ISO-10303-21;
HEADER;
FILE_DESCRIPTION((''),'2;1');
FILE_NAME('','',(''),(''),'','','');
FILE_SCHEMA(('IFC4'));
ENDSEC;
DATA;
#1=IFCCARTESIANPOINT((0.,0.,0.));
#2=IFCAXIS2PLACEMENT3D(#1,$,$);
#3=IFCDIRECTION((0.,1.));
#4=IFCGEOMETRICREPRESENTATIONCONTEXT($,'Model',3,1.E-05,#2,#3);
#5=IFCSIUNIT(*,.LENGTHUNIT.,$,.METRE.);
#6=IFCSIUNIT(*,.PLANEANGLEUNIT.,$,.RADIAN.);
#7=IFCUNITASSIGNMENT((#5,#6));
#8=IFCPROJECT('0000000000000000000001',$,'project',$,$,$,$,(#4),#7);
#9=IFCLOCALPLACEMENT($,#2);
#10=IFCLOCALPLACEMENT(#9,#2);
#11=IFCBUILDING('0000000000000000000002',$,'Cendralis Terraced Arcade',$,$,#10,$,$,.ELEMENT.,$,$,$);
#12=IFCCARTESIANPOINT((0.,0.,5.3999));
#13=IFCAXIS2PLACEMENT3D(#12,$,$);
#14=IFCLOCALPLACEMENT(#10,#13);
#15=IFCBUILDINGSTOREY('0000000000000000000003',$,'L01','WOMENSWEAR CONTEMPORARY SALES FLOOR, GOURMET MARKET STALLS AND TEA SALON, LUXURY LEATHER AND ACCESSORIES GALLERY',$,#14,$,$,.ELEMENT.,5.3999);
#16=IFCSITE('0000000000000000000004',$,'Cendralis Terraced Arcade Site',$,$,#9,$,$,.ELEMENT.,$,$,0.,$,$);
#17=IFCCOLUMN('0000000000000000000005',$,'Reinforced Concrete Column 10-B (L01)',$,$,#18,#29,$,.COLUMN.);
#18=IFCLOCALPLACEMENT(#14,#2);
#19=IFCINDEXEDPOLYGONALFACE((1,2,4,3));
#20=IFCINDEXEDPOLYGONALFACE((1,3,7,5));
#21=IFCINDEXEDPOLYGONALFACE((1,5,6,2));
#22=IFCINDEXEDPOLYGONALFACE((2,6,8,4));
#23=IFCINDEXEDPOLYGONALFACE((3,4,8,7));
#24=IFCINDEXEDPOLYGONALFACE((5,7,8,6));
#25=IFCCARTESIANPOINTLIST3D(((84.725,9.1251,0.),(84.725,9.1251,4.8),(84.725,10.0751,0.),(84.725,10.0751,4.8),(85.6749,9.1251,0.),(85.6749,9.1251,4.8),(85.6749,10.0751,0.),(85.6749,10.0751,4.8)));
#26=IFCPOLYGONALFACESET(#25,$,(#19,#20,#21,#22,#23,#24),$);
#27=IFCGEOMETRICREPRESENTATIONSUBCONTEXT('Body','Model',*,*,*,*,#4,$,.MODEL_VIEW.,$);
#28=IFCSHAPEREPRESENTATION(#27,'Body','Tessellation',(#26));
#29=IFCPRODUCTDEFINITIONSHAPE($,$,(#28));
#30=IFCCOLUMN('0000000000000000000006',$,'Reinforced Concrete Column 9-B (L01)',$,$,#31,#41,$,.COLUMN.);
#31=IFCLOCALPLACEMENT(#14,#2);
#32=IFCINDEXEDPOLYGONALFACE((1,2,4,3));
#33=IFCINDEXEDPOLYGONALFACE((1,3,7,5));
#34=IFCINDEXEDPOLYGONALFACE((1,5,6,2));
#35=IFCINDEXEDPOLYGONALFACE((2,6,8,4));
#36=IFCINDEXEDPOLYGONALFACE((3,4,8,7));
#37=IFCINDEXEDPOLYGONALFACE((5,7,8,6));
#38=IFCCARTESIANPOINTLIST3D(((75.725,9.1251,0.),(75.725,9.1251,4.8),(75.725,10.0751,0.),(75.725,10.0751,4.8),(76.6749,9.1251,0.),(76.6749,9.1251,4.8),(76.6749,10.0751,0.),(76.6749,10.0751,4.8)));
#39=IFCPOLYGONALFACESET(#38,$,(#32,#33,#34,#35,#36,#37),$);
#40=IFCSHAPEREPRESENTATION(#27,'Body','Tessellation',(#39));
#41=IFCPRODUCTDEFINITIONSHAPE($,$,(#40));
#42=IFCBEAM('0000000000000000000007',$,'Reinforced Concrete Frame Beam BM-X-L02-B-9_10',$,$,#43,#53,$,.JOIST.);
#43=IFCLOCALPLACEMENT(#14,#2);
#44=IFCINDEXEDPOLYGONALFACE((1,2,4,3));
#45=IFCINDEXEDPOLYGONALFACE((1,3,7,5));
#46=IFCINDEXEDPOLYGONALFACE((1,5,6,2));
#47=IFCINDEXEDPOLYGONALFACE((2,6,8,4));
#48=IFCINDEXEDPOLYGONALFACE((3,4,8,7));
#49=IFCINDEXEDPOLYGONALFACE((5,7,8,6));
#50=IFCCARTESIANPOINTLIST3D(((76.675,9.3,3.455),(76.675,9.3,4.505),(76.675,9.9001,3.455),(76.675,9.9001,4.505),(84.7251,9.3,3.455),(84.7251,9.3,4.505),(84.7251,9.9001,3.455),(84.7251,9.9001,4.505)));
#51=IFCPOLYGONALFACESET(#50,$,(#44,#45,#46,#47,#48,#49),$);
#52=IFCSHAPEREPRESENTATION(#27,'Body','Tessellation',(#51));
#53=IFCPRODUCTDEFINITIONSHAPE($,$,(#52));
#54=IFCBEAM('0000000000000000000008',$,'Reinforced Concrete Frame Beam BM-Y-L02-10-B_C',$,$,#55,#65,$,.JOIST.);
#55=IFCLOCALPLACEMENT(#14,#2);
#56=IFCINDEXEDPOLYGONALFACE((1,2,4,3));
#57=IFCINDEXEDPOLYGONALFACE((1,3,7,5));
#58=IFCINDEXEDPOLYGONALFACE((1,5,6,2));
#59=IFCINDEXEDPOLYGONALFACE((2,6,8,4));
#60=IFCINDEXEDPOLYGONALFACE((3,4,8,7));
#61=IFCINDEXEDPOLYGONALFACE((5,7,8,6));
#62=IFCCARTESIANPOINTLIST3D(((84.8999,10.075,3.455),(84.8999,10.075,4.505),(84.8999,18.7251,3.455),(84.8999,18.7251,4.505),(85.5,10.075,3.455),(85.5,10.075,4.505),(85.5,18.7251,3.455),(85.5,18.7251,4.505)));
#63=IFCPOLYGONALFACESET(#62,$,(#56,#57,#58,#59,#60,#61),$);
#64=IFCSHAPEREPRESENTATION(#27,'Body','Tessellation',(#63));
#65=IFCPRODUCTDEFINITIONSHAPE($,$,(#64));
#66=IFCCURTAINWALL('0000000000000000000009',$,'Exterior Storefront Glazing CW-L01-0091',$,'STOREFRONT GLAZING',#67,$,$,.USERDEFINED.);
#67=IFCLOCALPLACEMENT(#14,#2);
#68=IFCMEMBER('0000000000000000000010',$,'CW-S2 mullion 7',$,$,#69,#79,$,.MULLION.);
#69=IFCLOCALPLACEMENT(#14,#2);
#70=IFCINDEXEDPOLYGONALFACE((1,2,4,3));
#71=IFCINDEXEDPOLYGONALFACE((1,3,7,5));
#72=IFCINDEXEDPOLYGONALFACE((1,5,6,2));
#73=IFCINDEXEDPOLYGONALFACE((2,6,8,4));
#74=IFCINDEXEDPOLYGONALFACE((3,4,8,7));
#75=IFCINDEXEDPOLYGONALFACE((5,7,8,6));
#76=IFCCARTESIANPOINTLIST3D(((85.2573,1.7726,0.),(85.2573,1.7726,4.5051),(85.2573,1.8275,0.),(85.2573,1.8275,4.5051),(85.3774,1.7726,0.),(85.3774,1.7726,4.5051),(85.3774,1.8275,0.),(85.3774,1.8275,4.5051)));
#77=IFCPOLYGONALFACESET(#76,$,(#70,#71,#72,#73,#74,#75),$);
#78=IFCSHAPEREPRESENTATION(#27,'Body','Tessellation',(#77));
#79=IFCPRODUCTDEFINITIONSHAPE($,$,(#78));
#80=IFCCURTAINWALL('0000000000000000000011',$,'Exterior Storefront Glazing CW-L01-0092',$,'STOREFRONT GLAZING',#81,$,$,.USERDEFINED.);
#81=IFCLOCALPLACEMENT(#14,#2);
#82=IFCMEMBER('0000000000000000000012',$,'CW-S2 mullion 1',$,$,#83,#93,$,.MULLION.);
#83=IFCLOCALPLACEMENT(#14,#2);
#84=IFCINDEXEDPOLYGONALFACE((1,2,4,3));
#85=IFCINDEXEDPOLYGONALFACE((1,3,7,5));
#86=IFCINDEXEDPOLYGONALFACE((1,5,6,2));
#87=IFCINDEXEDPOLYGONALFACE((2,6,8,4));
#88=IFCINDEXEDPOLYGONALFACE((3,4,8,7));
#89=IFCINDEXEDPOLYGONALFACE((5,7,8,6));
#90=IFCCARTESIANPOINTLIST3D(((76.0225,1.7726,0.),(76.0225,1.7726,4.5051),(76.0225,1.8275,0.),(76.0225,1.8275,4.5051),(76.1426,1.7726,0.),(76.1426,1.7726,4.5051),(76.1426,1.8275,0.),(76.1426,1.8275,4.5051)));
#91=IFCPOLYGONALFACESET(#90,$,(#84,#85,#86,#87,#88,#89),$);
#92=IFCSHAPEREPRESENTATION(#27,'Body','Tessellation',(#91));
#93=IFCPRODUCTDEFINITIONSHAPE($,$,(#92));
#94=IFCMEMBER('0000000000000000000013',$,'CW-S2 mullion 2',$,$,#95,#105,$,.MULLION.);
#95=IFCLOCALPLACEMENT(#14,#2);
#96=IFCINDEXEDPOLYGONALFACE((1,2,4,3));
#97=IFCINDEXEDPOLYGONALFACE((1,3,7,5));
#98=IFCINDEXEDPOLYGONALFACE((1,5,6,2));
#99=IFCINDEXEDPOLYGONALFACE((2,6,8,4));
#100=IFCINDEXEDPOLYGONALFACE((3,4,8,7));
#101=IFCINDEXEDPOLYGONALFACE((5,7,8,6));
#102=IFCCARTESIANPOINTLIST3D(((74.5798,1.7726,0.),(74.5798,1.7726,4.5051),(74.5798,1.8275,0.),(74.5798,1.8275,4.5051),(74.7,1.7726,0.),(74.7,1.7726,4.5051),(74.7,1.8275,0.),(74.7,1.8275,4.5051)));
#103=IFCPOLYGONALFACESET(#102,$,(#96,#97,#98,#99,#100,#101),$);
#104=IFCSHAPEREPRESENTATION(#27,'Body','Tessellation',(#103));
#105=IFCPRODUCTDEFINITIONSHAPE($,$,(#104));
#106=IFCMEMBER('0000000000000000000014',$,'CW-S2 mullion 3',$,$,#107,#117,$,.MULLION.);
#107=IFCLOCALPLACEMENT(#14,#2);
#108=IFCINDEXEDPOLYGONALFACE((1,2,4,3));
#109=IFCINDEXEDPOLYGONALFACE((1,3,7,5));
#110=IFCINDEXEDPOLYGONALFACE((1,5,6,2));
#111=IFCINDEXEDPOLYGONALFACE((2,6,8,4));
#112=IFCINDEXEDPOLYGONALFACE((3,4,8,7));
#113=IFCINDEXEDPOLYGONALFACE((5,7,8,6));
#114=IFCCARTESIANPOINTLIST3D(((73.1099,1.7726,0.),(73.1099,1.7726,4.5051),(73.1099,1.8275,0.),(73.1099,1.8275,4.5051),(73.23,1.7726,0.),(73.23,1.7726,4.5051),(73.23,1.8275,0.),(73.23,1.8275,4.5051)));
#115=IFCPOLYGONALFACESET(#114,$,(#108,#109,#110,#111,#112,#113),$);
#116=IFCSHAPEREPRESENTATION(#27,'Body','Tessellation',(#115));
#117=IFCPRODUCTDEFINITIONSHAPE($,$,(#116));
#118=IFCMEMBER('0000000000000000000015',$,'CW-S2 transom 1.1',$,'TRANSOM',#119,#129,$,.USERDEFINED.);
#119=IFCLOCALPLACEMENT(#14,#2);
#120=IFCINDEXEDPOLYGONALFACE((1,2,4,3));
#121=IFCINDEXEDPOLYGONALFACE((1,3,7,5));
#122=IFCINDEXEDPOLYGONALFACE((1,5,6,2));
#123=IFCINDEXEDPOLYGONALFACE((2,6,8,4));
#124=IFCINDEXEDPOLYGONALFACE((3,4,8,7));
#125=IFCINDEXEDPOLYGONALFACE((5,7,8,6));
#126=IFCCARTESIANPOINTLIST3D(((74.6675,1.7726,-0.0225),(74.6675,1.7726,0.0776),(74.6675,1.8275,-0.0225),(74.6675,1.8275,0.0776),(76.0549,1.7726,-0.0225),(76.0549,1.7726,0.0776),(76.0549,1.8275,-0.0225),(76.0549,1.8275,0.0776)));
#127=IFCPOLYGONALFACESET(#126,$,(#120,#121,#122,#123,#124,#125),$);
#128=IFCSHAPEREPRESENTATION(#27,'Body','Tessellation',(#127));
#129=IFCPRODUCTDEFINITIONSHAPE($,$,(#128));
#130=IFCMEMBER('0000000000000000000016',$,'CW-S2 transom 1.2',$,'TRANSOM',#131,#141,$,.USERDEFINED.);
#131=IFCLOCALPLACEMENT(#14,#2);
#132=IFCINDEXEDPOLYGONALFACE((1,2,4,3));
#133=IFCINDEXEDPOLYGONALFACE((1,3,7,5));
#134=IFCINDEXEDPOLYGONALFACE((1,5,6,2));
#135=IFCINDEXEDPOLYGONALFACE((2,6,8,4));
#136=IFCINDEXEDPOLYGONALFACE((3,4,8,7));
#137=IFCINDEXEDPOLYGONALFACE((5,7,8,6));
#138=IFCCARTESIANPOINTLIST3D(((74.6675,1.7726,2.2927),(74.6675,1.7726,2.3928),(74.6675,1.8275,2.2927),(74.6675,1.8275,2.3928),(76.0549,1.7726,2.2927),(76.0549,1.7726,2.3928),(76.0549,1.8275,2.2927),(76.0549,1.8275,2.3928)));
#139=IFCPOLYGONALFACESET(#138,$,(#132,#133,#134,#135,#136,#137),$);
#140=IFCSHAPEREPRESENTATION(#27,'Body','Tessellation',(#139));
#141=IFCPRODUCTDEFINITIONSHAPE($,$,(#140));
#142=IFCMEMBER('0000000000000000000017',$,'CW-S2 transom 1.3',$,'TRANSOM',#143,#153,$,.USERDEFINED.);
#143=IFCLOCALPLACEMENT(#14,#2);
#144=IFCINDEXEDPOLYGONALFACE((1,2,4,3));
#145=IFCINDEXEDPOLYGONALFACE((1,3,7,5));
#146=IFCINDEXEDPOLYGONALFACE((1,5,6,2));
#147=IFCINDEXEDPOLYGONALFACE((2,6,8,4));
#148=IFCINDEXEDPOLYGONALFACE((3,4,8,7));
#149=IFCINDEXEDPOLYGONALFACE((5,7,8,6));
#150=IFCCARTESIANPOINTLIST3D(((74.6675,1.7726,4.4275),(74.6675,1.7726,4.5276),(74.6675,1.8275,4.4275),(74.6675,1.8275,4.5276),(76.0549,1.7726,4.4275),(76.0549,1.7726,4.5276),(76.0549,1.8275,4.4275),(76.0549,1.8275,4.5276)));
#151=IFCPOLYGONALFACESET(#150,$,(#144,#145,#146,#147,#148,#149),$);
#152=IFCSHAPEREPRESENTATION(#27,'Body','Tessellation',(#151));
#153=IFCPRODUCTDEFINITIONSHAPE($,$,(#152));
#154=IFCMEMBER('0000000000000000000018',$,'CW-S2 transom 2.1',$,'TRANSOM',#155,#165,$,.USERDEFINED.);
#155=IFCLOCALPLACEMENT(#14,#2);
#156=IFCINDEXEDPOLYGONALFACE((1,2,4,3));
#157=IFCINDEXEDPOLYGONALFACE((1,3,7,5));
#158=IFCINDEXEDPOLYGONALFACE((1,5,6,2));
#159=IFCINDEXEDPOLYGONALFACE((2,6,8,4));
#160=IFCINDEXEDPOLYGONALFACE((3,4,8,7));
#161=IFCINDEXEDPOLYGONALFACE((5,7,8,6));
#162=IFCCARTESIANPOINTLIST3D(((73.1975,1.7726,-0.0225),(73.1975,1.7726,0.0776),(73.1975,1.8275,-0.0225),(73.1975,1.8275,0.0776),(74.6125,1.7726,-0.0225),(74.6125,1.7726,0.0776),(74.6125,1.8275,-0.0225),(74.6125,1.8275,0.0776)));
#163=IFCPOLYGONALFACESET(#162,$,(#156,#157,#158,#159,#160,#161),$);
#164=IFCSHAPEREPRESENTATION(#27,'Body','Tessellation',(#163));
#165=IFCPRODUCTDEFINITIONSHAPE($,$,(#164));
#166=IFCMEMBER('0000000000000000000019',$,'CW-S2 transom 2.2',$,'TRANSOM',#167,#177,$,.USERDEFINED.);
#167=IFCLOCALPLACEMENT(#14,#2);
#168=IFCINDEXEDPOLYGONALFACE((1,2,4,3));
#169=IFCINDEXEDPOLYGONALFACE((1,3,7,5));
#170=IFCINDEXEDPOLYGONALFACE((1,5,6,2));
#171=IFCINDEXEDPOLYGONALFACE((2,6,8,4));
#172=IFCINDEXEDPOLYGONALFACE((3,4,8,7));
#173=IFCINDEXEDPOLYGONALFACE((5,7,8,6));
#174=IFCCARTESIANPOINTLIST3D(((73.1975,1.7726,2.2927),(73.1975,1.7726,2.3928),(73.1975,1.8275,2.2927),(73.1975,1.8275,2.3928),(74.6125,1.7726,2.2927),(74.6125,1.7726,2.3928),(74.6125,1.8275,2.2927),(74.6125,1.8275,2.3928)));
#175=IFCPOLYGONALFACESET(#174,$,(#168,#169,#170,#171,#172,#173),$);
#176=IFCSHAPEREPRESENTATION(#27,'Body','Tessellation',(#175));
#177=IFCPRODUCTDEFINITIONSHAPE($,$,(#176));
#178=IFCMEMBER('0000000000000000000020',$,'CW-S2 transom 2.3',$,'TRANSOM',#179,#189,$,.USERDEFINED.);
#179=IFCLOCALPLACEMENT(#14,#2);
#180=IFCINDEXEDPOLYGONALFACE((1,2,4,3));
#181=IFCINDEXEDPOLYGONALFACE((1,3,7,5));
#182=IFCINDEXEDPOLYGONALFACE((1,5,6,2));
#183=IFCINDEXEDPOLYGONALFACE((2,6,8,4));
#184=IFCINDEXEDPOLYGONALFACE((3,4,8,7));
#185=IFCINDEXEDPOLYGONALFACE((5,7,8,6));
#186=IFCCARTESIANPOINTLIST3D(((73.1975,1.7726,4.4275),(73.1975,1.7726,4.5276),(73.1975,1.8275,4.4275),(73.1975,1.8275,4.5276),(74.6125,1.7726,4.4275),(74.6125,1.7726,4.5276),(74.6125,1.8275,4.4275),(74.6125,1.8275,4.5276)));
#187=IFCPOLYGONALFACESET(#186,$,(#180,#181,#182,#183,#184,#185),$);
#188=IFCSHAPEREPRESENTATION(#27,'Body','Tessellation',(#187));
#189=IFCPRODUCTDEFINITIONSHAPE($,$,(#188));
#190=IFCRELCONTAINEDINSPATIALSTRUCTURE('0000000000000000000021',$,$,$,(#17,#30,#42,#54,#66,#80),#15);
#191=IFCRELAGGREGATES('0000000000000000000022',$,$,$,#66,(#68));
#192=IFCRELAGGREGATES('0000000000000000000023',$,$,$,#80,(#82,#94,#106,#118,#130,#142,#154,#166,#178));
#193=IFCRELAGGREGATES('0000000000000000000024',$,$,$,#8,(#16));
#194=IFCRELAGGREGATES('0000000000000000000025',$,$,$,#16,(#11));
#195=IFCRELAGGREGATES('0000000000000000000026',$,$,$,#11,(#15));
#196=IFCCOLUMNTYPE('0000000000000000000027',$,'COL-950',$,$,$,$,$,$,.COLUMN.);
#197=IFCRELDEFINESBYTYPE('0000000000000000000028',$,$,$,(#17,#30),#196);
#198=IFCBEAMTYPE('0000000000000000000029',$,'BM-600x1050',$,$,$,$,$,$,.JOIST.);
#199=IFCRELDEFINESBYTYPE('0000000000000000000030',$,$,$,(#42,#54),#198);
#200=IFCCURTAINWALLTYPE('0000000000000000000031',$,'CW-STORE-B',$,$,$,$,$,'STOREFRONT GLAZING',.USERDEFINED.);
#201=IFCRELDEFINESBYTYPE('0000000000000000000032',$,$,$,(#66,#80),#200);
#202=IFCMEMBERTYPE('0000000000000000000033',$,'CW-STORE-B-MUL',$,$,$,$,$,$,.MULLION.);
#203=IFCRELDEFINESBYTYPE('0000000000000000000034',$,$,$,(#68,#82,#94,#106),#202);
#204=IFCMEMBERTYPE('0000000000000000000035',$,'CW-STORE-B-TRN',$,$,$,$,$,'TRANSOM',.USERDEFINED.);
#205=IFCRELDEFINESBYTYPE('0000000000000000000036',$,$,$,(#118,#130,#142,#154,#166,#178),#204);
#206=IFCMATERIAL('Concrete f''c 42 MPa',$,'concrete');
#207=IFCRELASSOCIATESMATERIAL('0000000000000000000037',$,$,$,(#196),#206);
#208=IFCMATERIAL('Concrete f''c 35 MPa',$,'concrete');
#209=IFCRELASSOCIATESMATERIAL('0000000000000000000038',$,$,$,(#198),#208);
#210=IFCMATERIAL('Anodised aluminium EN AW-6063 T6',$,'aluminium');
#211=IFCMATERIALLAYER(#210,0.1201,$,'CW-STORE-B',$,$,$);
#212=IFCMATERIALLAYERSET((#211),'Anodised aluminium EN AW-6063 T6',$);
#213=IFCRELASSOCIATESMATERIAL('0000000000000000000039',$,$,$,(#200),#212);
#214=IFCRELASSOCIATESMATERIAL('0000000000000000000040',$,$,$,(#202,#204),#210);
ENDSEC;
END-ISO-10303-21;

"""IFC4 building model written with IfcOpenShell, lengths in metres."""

from ifc_helpers import new_model, si_unit, direction, frame, origin, origin_2d, place, context, subcontext, project, spatial, rectangle, extrude, material, layer, layer_set, material_profile, profile_set, type_object, element, aggregate, save


model = new_model("IFC4")

# Units and contexts
model_context = context("Model", 3, precision=1e-05, world=origin(), true_north=direction((0.0, 1.0)))
body_context = subcontext(model_context, "Body", "Model", "MODEL_VIEW")
ifc_project = project(units=[si_unit("LENGTHUNIT", "METRE"), si_unit("PLANEANGLEUNIT", "RADIAN")], contexts=[model_context])

# Site, building, storey
site_placement = place(None, origin())
site = spatial("IfcSite", under=ifc_project, at=site_placement, Name="Cendralis Terraced Arcade Site", CompositionType="ELEMENT", RefElevation=0.0)
building_placement = place(site_placement, origin())
building = spatial("IfcBuilding", under=site, at=building_placement, Name="Cendralis Terraced Arcade", CompositionType="ELEMENT")
storey_placement = place(building_placement, frame((0.0, 0.0, 5.3999)))
storey = spatial("IfcBuildingStorey", under=building, at=storey_placement, Name="L01", Description="WOMENSWEAR CONTEMPORARY SALES FLOOR, GOURMET MARKET STALLS AND TEA SALON, LUXURY LEATHER AND ACCESSORIES GALLERY", CompositionType="ELEMENT", Elevation=5.3999)

# Columns
ifc_material_1 = material(Name="Concrete f'c 42 MPa", Category="concrete")
ifc_material_profile_1 = material_profile(ifc_material_1, rectangle(XDim=0.95, YDim=0.95, at=origin_2d()), Name="RC-COL-950x950", Category="LoadBearing")
ifc_profile_set_1 = profile_set([ifc_material_profile_1], Name="Concrete f'c 42 MPa")
column_type = type_object("IfcColumnType", Name="COL-950", PredefinedType="COLUMN", material=ifc_profile_set_1)
for number, where, z_axis, x_axis, name in (
    (1, (85.2, 9.6001, 0.0), (0.0, 0.0, 1.0), (1.0, 0.0, 0.0), "Reinforced Concrete Column 10-B (L01)"),
    (2, (76.2, 9.6001, 0.0), (0.0, 0.0, 1.0), (1.0, 0.0, 0.0), "Reinforced Concrete Column 9-B (L01)"),
):
    element("IfcColumn", number, at=place(storey_placement, frame(where, z_axis=z_axis, x_axis=x_axis)), inside=storey, type_object=column_type, Name=name, PredefinedType="COLUMN", context=body_context, shape_type="SweptSolid", body=[
        extrude(rectangle(XDim=0.95, YDim=0.95, at=origin_2d()), origin(), (0.0, 0.0, 1.0), 4.8),
    ])

# Beams
ifc_material_2 = material(Name="Concrete f'c 35 MPa", Category="concrete")
ifc_material_profile_2 = material_profile(ifc_material_2, rectangle(XDim=0.6001, YDim=1.05, at=origin_2d()), Name="RC-BM-600x1050", Category="LoadBearing")
ifc_profile_set_2 = profile_set([ifc_material_profile_2], Name="Concrete f'c 35 MPa")
beam_type = type_object("IfcBeamType", Name="BM-600x1050", PredefinedType="JOIST", material=ifc_profile_set_2)
beam_1_placement = place(storey_placement, frame((76.675, 9.6001, 3.98), z_axis=(1.0, 0.0, 0.0), x_axis=(0.0, 1.0, 0.0)))
element("IfcBeam", 3, at=beam_1_placement, inside=storey, type_object=beam_type, Name="Reinforced Concrete Frame Beam BM-X-L02-B-9_10", PredefinedType="JOIST", context=body_context, shape_type="SweptSolid", body=[
    extrude(rectangle(XDim=0.6001, YDim=1.05, at=origin_2d()), origin(), (0.0, 0.0, 1.0), 8.05),
])
beam_2_placement = place(storey_placement, frame((85.2, 10.075, 3.98), z_axis=(0.0, 1.0, 0.0), x_axis=(-1.0, 0.0, 0.0)))
element("IfcBeam", 4, at=beam_2_placement, inside=storey, type_object=beam_type, Name="Reinforced Concrete Frame Beam BM-Y-L02-10-B_C", PredefinedType="JOIST", context=body_context, shape_type="SweptSolid", body=[
    extrude(rectangle(XDim=0.6001, YDim=1.05, at=origin_2d()), origin(), (0.0, 0.0, 1.0), 8.6501),
])

# Curtain wall, member
ifc_material_3 = material(Name="Anodised aluminium EN AW-6063 T6", Category="aluminium")
ifc_layer_1 = layer(ifc_material_3, 0.1201, Name="CW-STORE-B")
ifc_layer_set_1 = layer_set([ifc_layer_1], Name="Anodised aluminium EN AW-6063 T6")
curtain_wall_type = type_object("IfcCurtainWallType", Name="CW-STORE-B", ElementType="STOREFRONT GLAZING", PredefinedType="USERDEFINED", material=ifc_layer_set_1)
curtain_wall_1_placement = place(storey_placement, origin())
curtain_wall_1 = element("IfcCurtainWall", 5, at=curtain_wall_1_placement, inside=storey, type_object=curtain_wall_type, Name="Exterior Storefront Glazing CW-L01-0091", ObjectType="STOREFRONT GLAZING", PredefinedType="USERDEFINED")
ifc_material_profile_3 = material_profile(ifc_material_3, rectangle(XDim=0.0549, YDim=0.1201, at=origin_2d()), Name="ALU-MUL-55x120")
ifc_profile_set_3 = profile_set([ifc_material_profile_3], Name="Anodised aluminium EN AW-6063 T6")
member_type_1 = type_object("IfcMemberType", Name="CW-STORE-B-MUL", PredefinedType="MULLION", material=ifc_profile_set_3)
member_1_placement = place(storey_placement, frame((85.3174, 1.8, 0.0), z_axis=(0.0, 0.0, 1.0), x_axis=(0.0, -1.0, 0.0)))
member_1 = element("IfcMember", 6, at=member_1_placement, type_object=member_type_1, Name="CW-S2 mullion 7", PredefinedType="MULLION", context=body_context, shape_type="SweptSolid", body=[
    extrude(rectangle(XDim=0.0549, YDim=0.1201, at=origin_2d()), origin(), (0.0, 0.0, 1.0), 4.5051),
])
aggregate(curtain_wall_1, [member_1])

# Curtain wall, members
curtain_wall_2_placement = place(storey_placement, origin())
curtain_wall_2 = element("IfcCurtainWall", 7, at=curtain_wall_2_placement, inside=storey, type_object=curtain_wall_type, Name="Exterior Storefront Glazing CW-L01-0092", ObjectType="STOREFRONT GLAZING", PredefinedType="USERDEFINED")
member_2_placement = place(storey_placement, frame((76.0825, 1.8, 0.0), z_axis=(0.0, 0.0, 1.0), x_axis=(0.0, -1.0, 0.0)))
member_2 = element("IfcMember", 8, at=member_2_placement, type_object=member_type_1, Name="CW-S2 mullion 1", PredefinedType="MULLION", context=body_context, shape_type="SweptSolid", body=[
    extrude(rectangle(XDim=0.0549, YDim=0.1201, at=origin_2d()), origin(), (0.0, 0.0, 1.0), 4.5051),
])
member_3_placement = place(storey_placement, frame((74.6399, 1.8, 0.0), z_axis=(0.0, 0.0, 1.0), x_axis=(0.0, -1.0, 0.0)))
member_3 = element("IfcMember", 9, at=member_3_placement, type_object=member_type_1, Name="CW-S2 mullion 2", PredefinedType="MULLION", context=body_context, shape_type="SweptSolid", body=[
    extrude(rectangle(XDim=0.0549, YDim=0.1201, at=origin_2d()), origin(), (0.0, 0.0, 1.0), 4.5051),
])
member_4_placement = place(storey_placement, frame((73.1699, 1.8, 0.0), z_axis=(0.0, 0.0, 1.0), x_axis=(0.0, -1.0, 0.0)))
member_4 = element("IfcMember", 10, at=member_4_placement, type_object=member_type_1, Name="CW-S2 mullion 3", PredefinedType="MULLION", context=body_context, shape_type="SweptSolid", body=[
    extrude(rectangle(XDim=0.0549, YDim=0.1201, at=origin_2d()), origin(), (0.0, 0.0, 1.0), 4.5051),
])
ifc_material_profile_4 = material_profile(ifc_material_3, rectangle(XDim=0.0549, YDim=0.1001, at=origin_2d()), Name="ALU-TRN-55x100")
ifc_profile_set_4 = profile_set([ifc_material_profile_4], Name="Anodised aluminium EN AW-6063 T6")
member_type_2 = type_object("IfcMemberType", Name="CW-STORE-B-TRN", ElementType="TRANSOM", PredefinedType="USERDEFINED", material=ifc_profile_set_4)
member_5_placement = place(storey_placement, frame((76.0549, 1.8, 0.0276), z_axis=(-1.0, 0.0, 0.0), x_axis=(0.0, -1.0, 0.0)))
member_5 = element("IfcMember", 11, at=member_5_placement, type_object=member_type_2, Name="CW-S2 transom 1.1", ObjectType="TRANSOM", PredefinedType="USERDEFINED", context=body_context, shape_type="SweptSolid", body=[
    extrude(rectangle(XDim=0.0549, YDim=0.1001, at=origin_2d()), origin(), (0.0, 0.0, 1.0), 1.3875),
])
member_6_placement = place(storey_placement, frame((76.0549, 1.8, 2.3428), z_axis=(-1.0, 0.0, 0.0), x_axis=(0.0, -1.0, 0.0)))
member_6 = element("IfcMember", 12, at=member_6_placement, type_object=member_type_2, Name="CW-S2 transom 1.2", ObjectType="TRANSOM", PredefinedType="USERDEFINED", context=body_context, shape_type="SweptSolid", body=[
    extrude(rectangle(XDim=0.0549, YDim=0.1001, at=origin_2d()), origin(), (0.0, 0.0, 1.0), 1.3875),
])
member_7_placement = place(storey_placement, frame((76.0549, 1.8, 4.4775), z_axis=(-1.0, 0.0, 0.0), x_axis=(0.0, -1.0, 0.0)))
member_7 = element("IfcMember", 13, at=member_7_placement, type_object=member_type_2, Name="CW-S2 transom 1.3", ObjectType="TRANSOM", PredefinedType="USERDEFINED", context=body_context, shape_type="SweptSolid", body=[
    extrude(rectangle(XDim=0.0549, YDim=0.1001, at=origin_2d()), origin(), (0.0, 0.0, 1.0), 1.3875),
])
member_8_placement = place(storey_placement, frame((74.6125, 1.8, 0.0276), z_axis=(-1.0, 0.0, 0.0), x_axis=(0.0, -1.0, 0.0)))
member_8 = element("IfcMember", 14, at=member_8_placement, type_object=member_type_2, Name="CW-S2 transom 2.1", ObjectType="TRANSOM", PredefinedType="USERDEFINED", context=body_context, shape_type="SweptSolid", body=[
    extrude(rectangle(XDim=0.0549, YDim=0.1001, at=origin_2d()), origin(), (0.0, 0.0, 1.0), 1.415),
])
member_9_placement = place(storey_placement, frame((74.6125, 1.8, 2.3428), z_axis=(-1.0, 0.0, 0.0), x_axis=(0.0, -1.0, 0.0)))
member_9 = element("IfcMember", 15, at=member_9_placement, type_object=member_type_2, Name="CW-S2 transom 2.2", ObjectType="TRANSOM", PredefinedType="USERDEFINED", context=body_context, shape_type="SweptSolid", body=[
    extrude(rectangle(XDim=0.0549, YDim=0.1001, at=origin_2d()), origin(), (0.0, 0.0, 1.0), 1.415),
])
member_10_placement = place(storey_placement, frame((74.6125, 1.8, 4.4775), z_axis=(-1.0, 0.0, 0.0), x_axis=(0.0, -1.0, 0.0)))
member_10 = element("IfcMember", 16, at=member_10_placement, type_object=member_type_2, Name="CW-S2 transom 2.3", ObjectType="TRANSOM", PredefinedType="USERDEFINED", context=body_context, shape_type="SweptSolid", body=[
    extrude(rectangle(XDim=0.0549, YDim=0.1001, at=origin_2d()), origin(), (0.0, 0.0, 1.0), 1.415),
])
aggregate(curtain_wall_2, [member_2, member_3, member_4, member_5, member_6, member_7, member_8, member_9, member_10])

save(model, "model.ifc")
